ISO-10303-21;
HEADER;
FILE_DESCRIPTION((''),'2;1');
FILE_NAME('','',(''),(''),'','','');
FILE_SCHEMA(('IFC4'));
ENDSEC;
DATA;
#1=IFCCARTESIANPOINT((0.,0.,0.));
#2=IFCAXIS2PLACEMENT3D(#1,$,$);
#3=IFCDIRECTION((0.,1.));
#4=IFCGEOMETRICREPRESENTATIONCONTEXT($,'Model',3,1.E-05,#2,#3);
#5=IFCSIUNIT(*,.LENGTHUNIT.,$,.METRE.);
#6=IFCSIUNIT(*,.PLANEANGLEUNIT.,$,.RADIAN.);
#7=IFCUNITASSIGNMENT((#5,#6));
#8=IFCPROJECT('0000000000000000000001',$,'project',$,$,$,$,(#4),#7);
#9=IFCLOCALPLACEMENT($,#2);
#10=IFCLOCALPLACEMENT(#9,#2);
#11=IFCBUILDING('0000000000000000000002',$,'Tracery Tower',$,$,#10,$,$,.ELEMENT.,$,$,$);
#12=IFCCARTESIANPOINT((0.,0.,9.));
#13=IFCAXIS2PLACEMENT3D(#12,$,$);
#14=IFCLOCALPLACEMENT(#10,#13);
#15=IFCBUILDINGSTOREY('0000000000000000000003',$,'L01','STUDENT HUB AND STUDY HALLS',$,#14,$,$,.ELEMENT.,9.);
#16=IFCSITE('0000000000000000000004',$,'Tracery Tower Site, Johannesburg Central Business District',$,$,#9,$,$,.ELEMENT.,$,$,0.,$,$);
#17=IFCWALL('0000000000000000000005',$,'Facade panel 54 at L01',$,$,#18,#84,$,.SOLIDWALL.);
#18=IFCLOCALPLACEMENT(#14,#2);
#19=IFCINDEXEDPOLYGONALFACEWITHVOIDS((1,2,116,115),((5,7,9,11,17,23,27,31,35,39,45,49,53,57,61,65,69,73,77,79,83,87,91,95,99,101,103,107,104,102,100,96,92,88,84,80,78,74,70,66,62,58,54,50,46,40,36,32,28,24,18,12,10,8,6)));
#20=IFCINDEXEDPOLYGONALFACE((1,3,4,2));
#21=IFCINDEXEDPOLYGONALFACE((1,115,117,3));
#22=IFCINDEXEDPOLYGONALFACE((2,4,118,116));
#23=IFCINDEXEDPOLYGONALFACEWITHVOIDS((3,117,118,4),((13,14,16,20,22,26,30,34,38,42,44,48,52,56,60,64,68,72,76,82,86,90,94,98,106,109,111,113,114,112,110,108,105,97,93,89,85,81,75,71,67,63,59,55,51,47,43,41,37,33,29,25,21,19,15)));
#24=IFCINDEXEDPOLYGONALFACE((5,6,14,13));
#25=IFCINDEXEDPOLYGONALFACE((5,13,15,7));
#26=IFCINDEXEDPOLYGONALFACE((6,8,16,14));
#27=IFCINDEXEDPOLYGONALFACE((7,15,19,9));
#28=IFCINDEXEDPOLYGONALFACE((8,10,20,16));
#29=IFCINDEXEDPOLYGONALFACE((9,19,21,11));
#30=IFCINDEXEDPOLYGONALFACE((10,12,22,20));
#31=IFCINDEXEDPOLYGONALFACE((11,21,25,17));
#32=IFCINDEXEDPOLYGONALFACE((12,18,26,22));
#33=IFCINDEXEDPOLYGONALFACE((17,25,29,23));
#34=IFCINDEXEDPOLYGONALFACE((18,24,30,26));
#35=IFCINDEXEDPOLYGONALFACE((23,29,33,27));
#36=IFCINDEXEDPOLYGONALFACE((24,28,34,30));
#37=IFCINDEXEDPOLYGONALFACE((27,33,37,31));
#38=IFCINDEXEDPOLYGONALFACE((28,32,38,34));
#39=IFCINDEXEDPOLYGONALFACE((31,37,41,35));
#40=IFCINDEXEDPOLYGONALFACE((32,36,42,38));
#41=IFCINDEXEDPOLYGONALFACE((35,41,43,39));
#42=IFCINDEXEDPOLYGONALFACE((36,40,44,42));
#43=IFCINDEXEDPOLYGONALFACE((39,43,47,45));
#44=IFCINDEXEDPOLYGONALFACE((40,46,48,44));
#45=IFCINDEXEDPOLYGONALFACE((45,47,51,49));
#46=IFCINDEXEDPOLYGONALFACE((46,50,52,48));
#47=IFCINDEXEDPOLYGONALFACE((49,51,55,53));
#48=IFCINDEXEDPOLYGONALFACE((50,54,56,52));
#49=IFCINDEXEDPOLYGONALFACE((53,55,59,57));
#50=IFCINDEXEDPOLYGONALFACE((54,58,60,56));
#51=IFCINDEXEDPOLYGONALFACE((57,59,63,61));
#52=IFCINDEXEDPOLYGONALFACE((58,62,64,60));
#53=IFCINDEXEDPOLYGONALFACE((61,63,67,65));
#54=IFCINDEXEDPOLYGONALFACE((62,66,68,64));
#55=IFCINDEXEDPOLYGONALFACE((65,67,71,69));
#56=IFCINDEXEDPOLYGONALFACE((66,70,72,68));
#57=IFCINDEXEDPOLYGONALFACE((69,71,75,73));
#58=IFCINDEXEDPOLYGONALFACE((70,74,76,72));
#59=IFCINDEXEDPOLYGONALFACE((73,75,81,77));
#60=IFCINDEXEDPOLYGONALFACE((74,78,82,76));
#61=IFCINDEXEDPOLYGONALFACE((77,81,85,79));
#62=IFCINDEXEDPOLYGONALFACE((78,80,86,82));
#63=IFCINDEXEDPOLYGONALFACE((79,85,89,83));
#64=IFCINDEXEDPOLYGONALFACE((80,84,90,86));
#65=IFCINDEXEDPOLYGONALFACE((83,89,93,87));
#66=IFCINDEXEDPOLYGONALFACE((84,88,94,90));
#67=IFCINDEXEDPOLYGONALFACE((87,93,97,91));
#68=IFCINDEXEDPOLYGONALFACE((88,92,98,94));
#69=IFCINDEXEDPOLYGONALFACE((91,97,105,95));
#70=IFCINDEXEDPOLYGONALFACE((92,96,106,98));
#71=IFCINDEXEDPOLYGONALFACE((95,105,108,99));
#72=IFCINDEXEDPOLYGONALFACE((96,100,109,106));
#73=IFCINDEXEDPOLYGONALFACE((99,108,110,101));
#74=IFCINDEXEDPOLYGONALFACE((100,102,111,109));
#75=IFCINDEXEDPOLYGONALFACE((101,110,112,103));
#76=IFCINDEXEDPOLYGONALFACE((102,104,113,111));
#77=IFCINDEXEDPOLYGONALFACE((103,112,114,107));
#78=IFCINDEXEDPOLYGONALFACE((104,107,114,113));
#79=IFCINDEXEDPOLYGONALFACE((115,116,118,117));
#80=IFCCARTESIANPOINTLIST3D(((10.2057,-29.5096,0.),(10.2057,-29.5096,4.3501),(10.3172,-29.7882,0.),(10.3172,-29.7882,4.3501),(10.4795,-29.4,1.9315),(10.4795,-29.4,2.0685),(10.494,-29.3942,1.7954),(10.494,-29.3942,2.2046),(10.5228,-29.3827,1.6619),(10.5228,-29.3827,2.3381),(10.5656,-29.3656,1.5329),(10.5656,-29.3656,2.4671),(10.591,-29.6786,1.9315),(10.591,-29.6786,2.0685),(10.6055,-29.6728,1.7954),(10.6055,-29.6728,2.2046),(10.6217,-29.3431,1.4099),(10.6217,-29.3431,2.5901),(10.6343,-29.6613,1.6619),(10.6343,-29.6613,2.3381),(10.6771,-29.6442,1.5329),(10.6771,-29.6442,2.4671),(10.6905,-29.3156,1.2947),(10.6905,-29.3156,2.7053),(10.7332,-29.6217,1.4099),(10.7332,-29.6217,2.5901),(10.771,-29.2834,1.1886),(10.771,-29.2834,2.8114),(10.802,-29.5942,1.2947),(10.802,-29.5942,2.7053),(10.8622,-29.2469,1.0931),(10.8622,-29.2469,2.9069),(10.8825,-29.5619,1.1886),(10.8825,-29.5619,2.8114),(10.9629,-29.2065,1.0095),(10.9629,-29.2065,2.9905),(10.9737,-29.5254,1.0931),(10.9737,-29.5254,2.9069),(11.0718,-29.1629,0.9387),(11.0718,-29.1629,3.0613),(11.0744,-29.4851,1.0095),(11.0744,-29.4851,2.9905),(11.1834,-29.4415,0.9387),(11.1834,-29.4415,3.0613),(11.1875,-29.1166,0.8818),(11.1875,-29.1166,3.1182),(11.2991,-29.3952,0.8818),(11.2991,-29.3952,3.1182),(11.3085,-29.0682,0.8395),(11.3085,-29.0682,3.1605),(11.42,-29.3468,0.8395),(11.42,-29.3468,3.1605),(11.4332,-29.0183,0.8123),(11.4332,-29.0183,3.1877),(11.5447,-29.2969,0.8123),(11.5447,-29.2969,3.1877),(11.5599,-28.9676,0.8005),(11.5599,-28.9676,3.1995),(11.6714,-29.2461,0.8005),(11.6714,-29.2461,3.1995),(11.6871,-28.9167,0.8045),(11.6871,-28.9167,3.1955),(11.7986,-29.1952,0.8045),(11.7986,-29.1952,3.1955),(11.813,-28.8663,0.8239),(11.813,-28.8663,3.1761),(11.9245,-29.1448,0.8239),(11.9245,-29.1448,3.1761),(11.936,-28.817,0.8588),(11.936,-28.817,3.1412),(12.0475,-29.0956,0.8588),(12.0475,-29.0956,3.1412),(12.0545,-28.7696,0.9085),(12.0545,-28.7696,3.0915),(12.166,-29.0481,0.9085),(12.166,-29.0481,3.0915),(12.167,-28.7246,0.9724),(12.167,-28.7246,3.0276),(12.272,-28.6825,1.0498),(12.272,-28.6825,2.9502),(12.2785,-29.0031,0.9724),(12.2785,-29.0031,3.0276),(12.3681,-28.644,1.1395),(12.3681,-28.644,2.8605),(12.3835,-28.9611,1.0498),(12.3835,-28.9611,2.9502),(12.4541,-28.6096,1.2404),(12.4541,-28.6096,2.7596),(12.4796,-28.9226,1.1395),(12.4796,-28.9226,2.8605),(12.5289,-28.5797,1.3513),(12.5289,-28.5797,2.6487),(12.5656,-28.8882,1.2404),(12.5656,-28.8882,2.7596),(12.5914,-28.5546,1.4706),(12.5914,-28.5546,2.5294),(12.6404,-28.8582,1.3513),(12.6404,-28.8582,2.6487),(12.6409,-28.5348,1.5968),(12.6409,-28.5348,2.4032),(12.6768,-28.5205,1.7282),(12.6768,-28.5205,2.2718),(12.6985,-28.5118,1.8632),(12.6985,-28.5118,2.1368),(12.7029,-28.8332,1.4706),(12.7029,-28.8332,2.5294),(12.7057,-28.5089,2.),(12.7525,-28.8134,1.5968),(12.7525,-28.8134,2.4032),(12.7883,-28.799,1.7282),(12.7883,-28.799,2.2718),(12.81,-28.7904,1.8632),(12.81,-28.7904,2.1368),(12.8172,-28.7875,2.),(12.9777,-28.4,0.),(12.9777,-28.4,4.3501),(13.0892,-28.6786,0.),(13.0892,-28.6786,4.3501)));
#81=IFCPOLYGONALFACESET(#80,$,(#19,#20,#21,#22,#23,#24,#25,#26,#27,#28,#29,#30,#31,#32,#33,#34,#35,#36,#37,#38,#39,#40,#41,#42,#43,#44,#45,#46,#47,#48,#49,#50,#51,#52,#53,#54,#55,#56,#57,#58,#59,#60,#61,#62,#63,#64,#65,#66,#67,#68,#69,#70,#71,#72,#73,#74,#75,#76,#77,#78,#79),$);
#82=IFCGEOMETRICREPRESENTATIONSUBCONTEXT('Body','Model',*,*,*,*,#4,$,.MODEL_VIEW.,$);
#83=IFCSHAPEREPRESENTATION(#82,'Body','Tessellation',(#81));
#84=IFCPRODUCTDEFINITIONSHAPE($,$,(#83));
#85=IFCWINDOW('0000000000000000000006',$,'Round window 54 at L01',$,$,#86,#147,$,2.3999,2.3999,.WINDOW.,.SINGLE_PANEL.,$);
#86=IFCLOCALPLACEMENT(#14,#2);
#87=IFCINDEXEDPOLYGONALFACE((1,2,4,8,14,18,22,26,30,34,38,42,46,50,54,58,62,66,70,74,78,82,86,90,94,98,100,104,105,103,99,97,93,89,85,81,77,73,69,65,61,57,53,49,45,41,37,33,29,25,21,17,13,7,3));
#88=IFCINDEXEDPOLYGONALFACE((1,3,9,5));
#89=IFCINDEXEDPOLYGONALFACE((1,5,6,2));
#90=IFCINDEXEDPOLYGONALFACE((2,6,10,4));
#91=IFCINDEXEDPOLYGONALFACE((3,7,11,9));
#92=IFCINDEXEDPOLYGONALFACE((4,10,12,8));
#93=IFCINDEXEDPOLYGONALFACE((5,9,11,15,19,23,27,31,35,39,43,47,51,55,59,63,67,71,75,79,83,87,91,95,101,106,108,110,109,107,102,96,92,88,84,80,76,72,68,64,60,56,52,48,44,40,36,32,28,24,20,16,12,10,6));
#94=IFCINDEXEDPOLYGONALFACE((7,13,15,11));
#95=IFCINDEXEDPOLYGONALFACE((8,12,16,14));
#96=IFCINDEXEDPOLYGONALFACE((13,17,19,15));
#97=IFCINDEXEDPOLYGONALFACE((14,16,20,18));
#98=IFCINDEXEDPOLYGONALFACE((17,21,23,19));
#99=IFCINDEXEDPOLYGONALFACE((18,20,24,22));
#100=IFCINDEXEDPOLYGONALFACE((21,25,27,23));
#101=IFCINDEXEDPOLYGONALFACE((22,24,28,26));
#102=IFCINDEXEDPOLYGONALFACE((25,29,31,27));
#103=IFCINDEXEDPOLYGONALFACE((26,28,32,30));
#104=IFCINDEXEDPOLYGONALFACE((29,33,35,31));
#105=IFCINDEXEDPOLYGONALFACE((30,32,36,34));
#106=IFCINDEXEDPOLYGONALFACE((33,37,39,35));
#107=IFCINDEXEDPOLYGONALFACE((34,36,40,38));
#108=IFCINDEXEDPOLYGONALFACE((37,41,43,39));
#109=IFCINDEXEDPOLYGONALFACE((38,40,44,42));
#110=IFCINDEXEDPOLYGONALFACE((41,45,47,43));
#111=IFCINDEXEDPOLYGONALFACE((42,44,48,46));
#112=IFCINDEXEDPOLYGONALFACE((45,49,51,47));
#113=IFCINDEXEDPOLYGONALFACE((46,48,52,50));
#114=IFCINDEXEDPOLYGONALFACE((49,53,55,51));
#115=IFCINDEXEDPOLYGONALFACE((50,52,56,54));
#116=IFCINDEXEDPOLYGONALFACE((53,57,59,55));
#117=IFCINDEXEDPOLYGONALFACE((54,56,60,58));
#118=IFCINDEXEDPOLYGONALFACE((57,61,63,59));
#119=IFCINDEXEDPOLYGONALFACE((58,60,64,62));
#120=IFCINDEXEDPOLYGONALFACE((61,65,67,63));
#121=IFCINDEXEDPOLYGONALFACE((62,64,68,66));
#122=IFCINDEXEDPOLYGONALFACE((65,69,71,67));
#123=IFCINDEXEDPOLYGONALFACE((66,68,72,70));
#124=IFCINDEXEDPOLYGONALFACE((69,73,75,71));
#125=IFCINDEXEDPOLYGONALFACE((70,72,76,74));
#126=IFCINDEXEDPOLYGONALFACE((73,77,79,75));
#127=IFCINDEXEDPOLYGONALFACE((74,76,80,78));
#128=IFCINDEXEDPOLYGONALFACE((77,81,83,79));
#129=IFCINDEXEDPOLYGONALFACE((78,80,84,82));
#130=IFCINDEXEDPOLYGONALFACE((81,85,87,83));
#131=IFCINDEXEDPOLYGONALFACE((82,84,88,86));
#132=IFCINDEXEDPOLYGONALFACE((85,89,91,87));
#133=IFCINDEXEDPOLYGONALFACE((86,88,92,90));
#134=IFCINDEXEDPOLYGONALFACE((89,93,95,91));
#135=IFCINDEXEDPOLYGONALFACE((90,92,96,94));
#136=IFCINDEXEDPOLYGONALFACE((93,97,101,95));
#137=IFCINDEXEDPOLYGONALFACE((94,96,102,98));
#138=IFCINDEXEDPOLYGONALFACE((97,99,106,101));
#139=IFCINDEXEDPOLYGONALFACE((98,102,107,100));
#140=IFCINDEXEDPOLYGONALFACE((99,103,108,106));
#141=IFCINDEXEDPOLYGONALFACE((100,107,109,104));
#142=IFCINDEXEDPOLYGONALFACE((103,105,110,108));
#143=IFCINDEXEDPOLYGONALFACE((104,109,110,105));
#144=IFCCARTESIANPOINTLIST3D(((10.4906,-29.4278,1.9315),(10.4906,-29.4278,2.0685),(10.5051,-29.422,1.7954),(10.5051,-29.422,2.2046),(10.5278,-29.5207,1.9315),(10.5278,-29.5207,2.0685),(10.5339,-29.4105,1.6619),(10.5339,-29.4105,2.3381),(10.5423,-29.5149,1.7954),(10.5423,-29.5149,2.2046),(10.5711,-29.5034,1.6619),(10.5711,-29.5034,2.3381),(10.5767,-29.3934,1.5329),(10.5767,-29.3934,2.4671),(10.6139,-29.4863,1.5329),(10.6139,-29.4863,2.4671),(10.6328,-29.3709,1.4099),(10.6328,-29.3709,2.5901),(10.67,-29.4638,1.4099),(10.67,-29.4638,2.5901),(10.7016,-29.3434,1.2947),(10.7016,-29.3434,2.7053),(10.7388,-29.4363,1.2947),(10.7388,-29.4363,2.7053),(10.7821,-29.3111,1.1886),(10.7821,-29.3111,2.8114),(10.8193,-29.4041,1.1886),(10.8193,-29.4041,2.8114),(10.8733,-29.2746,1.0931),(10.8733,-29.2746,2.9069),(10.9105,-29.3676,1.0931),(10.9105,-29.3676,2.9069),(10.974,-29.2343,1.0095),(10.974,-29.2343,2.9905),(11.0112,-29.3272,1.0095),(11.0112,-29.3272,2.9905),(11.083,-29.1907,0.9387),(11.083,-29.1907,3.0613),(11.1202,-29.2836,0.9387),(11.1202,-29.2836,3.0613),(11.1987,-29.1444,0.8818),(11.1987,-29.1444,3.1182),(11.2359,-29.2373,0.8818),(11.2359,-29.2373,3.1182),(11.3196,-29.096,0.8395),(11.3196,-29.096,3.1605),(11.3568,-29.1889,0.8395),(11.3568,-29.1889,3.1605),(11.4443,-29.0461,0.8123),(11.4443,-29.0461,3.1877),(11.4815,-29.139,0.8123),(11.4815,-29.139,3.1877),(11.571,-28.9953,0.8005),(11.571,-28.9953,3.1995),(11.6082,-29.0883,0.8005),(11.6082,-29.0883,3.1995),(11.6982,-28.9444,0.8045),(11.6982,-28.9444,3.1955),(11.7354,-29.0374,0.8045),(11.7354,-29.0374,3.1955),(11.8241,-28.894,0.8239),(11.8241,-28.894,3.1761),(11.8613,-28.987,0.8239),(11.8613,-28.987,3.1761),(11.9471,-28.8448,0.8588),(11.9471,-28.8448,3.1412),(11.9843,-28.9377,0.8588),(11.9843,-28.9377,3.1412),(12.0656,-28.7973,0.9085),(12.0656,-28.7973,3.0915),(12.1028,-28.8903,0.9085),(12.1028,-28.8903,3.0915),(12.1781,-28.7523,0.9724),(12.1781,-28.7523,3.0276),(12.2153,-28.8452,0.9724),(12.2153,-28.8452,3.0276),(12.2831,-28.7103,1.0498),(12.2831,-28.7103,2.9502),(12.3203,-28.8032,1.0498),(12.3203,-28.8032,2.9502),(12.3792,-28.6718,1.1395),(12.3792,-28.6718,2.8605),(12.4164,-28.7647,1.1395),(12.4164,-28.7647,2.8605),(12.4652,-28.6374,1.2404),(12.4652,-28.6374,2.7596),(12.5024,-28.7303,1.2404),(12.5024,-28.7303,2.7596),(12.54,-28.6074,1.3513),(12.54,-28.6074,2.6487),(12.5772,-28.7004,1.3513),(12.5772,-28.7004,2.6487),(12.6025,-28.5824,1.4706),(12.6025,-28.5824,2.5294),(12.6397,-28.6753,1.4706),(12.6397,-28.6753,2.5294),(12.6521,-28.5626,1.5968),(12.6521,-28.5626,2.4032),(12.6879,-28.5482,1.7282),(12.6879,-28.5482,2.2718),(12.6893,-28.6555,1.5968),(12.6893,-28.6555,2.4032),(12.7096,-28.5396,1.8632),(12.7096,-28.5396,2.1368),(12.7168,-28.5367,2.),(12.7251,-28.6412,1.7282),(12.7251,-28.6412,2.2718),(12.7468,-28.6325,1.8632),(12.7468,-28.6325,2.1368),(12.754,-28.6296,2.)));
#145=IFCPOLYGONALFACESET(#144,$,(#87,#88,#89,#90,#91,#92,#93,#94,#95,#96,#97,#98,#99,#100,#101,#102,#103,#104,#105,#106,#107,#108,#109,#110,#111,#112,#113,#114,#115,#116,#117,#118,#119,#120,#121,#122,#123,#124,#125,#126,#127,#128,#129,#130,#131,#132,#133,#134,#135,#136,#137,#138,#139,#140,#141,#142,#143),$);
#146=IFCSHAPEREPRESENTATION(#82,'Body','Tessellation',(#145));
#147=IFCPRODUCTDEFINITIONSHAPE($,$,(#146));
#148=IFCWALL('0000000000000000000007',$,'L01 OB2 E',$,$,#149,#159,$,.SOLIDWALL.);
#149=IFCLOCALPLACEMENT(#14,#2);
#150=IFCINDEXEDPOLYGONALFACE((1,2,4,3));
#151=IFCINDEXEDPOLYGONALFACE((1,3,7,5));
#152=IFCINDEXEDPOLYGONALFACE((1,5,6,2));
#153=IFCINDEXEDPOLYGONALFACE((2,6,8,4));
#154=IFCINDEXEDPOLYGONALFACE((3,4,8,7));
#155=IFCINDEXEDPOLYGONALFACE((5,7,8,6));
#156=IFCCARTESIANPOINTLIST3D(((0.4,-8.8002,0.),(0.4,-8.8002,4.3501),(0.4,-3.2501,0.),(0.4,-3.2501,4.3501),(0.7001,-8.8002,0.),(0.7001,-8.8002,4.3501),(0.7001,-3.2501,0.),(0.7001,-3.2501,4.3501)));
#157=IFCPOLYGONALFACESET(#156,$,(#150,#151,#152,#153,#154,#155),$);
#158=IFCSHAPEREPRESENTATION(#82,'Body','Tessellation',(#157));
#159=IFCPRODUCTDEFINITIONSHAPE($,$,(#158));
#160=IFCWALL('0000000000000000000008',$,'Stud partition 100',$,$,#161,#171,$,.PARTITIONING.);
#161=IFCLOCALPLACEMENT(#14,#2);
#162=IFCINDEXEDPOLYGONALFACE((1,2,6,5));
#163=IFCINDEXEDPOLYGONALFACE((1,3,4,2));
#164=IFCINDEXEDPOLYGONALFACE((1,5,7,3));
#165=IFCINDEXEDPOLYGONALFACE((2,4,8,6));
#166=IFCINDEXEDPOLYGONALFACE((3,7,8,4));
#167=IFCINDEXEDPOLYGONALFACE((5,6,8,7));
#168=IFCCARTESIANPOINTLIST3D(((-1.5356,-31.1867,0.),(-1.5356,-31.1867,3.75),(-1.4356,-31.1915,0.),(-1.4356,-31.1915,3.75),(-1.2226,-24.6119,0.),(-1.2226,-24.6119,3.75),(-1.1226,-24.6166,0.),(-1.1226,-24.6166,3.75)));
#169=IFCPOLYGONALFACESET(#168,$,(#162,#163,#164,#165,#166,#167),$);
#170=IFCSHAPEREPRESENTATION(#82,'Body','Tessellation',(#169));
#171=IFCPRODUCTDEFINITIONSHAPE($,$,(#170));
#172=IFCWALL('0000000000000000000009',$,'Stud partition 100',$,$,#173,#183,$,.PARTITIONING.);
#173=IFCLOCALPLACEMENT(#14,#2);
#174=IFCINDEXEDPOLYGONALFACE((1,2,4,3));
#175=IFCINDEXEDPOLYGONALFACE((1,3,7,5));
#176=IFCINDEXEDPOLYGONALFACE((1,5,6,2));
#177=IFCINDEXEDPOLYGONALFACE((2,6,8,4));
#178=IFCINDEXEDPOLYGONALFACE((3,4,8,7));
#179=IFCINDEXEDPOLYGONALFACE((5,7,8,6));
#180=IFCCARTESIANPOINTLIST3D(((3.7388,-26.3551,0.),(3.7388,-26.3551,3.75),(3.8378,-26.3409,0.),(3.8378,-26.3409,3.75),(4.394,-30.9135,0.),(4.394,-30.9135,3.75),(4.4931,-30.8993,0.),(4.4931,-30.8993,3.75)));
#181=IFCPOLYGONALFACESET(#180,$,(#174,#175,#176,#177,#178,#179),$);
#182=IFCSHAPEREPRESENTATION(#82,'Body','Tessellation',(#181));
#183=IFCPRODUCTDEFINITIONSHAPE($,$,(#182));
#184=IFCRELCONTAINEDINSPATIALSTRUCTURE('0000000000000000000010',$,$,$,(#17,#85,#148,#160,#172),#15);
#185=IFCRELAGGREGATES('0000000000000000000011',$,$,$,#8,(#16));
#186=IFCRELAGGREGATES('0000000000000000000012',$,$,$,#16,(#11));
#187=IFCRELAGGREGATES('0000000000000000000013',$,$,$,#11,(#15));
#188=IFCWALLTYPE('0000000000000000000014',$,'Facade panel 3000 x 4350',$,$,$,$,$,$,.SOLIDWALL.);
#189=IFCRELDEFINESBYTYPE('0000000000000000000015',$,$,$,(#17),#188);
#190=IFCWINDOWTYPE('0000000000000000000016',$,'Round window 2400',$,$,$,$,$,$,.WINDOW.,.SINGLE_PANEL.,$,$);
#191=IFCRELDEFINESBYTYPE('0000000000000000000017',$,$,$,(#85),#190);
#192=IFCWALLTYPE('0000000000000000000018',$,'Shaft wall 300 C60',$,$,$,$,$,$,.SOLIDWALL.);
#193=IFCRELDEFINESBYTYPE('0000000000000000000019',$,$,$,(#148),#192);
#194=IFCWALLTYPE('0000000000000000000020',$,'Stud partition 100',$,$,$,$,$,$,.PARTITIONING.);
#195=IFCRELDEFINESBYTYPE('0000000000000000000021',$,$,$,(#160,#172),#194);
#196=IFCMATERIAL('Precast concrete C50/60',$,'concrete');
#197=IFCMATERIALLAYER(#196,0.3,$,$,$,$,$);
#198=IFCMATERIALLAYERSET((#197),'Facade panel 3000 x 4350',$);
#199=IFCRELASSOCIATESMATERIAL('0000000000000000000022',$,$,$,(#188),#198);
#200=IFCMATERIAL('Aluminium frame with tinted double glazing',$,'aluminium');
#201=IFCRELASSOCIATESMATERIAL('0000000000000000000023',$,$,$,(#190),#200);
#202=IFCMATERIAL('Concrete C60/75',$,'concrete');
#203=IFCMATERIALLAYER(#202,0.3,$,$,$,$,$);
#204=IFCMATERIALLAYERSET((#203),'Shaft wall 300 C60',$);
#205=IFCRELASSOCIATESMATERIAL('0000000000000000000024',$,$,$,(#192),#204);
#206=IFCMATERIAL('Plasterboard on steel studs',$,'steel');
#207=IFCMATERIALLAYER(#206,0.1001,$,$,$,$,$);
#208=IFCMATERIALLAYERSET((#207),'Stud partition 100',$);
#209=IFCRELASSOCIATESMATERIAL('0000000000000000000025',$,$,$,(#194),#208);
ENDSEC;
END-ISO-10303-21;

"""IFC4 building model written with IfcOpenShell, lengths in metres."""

from ifc_helpers import new_model, si_unit, direction, frame, frame_2d, origin, origin_2d, place, context, subcontext, project, spatial, rectangle, circle, extrude, material, layer, layer_set, type_object, element, fill, save


model = new_model("IFC4")

# Units and contexts
model_context = context("Model", 3, precision=1e-05, world=origin(), true_north=direction((0.0, 1.0)))
body_context = subcontext(model_context, "Body", "Model", "MODEL_VIEW")
ifc_project = project(units=[si_unit("LENGTHUNIT", "METRE"), si_unit("PLANEANGLEUNIT", "RADIAN")], contexts=[model_context])

# Site, building, storey
site_placement = place(None, origin())
site = spatial("IfcSite", under=ifc_project, at=site_placement, Name="Tracery Tower Site, Johannesburg Central Business District", CompositionType="ELEMENT", RefElevation=0.0)
building_placement = place(site_placement, origin())
building = spatial("IfcBuilding", under=site, at=building_placement, Name="Tracery Tower", CompositionType="ELEMENT")
storey_placement = place(building_placement, frame((0.0, 0.0, 9.0)))
storey = spatial("IfcBuildingStorey", under=building, at=storey_placement, Name="L01", Description="STUDENT HUB AND STUDY HALLS", CompositionType="ELEMENT", Elevation=9.0)

# Wall, opening, window
ifc_material_1 = material(Name="Precast concrete C50/60", Category="concrete")
ifc_layer_1 = layer(ifc_material_1, 0.3)
ifc_layer_set_1 = layer_set([ifc_layer_1], Name="Facade panel 3000 x 4350")
wall_type_1 = type_object("IfcWallType", Name="Facade panel 3000 x 4350", PredefinedType="SOLIDWALL", material=ifc_layer_set_1)
ifc_material_2 = material(Name="Aluminium frame with tinted double glazing", Category="aluminium")
window_type = type_object("IfcWindowType", Name="Round window 2400", PartitioningType="SINGLE_PANEL", PredefinedType="WINDOW", material=ifc_material_2)
wall_1_placement = place(storey_placement, frame((10.2615, -29.6489, 0.0), z_axis=(0.0, 0.0, 1.0), x_axis=(0.928381, 0.37163, 0.0)))
wall_1 = element("IfcWall", 1, at=wall_1_placement, inside=storey, type_object=wall_type_1, Name="Facade panel 54 at L01", PredefinedType="SOLIDWALL", context=body_context, shape_type="SweptSolid", body=[
    extrude(rectangle(XDim=2.9858, YDim=0.3, at=frame_2d((1.4929, 0.0))), origin(), (0.0, 0.0, 1.0), 4.3501),
])
opening_1_placement = place(wall_1_placement, frame((1.4929, 0.0, 2.0)))
opening_1 = element("IfcOpeningElement", 2, at=opening_1_placement, cuts=wall_1, PredefinedType="OPENING", context=body_context, shape_type="SweptSolid", body=[
    extrude(circle(Radius=1.2, at=origin_2d()), frame((0.0, 0.1599, 0.0), z_axis=(0.0, -1.0, 0.0), x_axis=(1.0, 0.0, 0.0)), (0.0, 0.0, 1.0), 0.3201),
])
window_1_placement = place(opening_1_placement, origin())
window_1 = element("IfcWindow", 3, at=window_1_placement, inside=storey, type_object=window_type, Name="Round window 54 at L01", OverallHeight=2.3999, OverallWidth=2.3999, PartitioningType="SINGLE_PANEL", PredefinedType="WINDOW", context=body_context, shape_type="SweptSolid", body=[
    extrude(circle(Radius=1.2, at=origin_2d()), frame((0.0, 0.1201, 0.0), z_axis=(0.0, -1.0, 0.0), x_axis=(1.0, 0.0, 0.0)), (0.0, 0.0, 1.0), 0.1001),
])
fill(opening_1, window_1)

# Walls
ifc_material_3 = material(Name="Concrete C60/75", Category="concrete")
ifc_layer_2 = layer(ifc_material_3, 0.3)
ifc_layer_set_2 = layer_set([ifc_layer_2], Name="Shaft wall 300 C60")
wall_type_2 = type_object("IfcWallType", Name="Shaft wall 300 C60", PredefinedType="SOLIDWALL", material=ifc_layer_set_2)
wall_2_placement = place(storey_placement, frame((0.55, -8.8, 0.0), z_axis=(0.0, 0.0, 1.0), x_axis=(0.0, 1.0, 0.0)))
element("IfcWall", 4, at=wall_2_placement, inside=storey, type_object=wall_type_2, Name="L01 OB2 E", PredefinedType="SOLIDWALL", context=body_context, shape_type="SweptSolid", body=[
    extrude(rectangle(XDim=5.55, YDim=0.3, at=frame_2d((2.7749, 0.0))), origin(), (0.0, 0.0, 1.0), 4.3501),
])
ifc_material_4 = material(Name="Plasterboard on steel studs", Category="steel")
ifc_layer_3 = layer(ifc_material_4, 0.1001)
ifc_layer_set_3 = layer_set([ifc_layer_3], Name="Stud partition 100")
wall_type_3 = type_object("IfcWallType", Name="Stud partition 100", PredefinedType="PARTITIONING", material=ifc_layer_set_3)
wall_3_placement = place(storey_placement, frame((-1.4856, -31.189, 0.0), z_axis=(0.0, 0.0, 1.0), x_axis=(0.047549, 0.998869, 0.0)))
element("IfcWall", 5, at=wall_3_placement, inside=storey, type_object=wall_type_3, Name="Stud partition 100", PredefinedType="PARTITIONING", context=body_context, shape_type="SweptSolid", body=[
    extrude(rectangle(XDim=6.5823, YDim=0.1001, at=frame_2d((3.291, 0.0))), origin(), (0.0, 0.0, 1.0), 3.75),
])
wall_4_placement = place(storey_placement, frame((4.4436, -30.9065, 0.0), z_axis=(0.0, 0.0, 1.0), x_axis=(-0.14229, 0.989825, 0.0)))
element("IfcWall", 6, at=wall_4_placement, inside=storey, type_object=wall_type_3, Name="Stud partition 100", PredefinedType="PARTITIONING", context=body_context, shape_type="SweptSolid", body=[
    extrude(rectangle(XDim=4.6052, YDim=0.1001, at=frame_2d((2.3027, 0.0))), origin(), (0.0, 0.0, 1.0), 3.75),
])

save(model, "model.ifc")
